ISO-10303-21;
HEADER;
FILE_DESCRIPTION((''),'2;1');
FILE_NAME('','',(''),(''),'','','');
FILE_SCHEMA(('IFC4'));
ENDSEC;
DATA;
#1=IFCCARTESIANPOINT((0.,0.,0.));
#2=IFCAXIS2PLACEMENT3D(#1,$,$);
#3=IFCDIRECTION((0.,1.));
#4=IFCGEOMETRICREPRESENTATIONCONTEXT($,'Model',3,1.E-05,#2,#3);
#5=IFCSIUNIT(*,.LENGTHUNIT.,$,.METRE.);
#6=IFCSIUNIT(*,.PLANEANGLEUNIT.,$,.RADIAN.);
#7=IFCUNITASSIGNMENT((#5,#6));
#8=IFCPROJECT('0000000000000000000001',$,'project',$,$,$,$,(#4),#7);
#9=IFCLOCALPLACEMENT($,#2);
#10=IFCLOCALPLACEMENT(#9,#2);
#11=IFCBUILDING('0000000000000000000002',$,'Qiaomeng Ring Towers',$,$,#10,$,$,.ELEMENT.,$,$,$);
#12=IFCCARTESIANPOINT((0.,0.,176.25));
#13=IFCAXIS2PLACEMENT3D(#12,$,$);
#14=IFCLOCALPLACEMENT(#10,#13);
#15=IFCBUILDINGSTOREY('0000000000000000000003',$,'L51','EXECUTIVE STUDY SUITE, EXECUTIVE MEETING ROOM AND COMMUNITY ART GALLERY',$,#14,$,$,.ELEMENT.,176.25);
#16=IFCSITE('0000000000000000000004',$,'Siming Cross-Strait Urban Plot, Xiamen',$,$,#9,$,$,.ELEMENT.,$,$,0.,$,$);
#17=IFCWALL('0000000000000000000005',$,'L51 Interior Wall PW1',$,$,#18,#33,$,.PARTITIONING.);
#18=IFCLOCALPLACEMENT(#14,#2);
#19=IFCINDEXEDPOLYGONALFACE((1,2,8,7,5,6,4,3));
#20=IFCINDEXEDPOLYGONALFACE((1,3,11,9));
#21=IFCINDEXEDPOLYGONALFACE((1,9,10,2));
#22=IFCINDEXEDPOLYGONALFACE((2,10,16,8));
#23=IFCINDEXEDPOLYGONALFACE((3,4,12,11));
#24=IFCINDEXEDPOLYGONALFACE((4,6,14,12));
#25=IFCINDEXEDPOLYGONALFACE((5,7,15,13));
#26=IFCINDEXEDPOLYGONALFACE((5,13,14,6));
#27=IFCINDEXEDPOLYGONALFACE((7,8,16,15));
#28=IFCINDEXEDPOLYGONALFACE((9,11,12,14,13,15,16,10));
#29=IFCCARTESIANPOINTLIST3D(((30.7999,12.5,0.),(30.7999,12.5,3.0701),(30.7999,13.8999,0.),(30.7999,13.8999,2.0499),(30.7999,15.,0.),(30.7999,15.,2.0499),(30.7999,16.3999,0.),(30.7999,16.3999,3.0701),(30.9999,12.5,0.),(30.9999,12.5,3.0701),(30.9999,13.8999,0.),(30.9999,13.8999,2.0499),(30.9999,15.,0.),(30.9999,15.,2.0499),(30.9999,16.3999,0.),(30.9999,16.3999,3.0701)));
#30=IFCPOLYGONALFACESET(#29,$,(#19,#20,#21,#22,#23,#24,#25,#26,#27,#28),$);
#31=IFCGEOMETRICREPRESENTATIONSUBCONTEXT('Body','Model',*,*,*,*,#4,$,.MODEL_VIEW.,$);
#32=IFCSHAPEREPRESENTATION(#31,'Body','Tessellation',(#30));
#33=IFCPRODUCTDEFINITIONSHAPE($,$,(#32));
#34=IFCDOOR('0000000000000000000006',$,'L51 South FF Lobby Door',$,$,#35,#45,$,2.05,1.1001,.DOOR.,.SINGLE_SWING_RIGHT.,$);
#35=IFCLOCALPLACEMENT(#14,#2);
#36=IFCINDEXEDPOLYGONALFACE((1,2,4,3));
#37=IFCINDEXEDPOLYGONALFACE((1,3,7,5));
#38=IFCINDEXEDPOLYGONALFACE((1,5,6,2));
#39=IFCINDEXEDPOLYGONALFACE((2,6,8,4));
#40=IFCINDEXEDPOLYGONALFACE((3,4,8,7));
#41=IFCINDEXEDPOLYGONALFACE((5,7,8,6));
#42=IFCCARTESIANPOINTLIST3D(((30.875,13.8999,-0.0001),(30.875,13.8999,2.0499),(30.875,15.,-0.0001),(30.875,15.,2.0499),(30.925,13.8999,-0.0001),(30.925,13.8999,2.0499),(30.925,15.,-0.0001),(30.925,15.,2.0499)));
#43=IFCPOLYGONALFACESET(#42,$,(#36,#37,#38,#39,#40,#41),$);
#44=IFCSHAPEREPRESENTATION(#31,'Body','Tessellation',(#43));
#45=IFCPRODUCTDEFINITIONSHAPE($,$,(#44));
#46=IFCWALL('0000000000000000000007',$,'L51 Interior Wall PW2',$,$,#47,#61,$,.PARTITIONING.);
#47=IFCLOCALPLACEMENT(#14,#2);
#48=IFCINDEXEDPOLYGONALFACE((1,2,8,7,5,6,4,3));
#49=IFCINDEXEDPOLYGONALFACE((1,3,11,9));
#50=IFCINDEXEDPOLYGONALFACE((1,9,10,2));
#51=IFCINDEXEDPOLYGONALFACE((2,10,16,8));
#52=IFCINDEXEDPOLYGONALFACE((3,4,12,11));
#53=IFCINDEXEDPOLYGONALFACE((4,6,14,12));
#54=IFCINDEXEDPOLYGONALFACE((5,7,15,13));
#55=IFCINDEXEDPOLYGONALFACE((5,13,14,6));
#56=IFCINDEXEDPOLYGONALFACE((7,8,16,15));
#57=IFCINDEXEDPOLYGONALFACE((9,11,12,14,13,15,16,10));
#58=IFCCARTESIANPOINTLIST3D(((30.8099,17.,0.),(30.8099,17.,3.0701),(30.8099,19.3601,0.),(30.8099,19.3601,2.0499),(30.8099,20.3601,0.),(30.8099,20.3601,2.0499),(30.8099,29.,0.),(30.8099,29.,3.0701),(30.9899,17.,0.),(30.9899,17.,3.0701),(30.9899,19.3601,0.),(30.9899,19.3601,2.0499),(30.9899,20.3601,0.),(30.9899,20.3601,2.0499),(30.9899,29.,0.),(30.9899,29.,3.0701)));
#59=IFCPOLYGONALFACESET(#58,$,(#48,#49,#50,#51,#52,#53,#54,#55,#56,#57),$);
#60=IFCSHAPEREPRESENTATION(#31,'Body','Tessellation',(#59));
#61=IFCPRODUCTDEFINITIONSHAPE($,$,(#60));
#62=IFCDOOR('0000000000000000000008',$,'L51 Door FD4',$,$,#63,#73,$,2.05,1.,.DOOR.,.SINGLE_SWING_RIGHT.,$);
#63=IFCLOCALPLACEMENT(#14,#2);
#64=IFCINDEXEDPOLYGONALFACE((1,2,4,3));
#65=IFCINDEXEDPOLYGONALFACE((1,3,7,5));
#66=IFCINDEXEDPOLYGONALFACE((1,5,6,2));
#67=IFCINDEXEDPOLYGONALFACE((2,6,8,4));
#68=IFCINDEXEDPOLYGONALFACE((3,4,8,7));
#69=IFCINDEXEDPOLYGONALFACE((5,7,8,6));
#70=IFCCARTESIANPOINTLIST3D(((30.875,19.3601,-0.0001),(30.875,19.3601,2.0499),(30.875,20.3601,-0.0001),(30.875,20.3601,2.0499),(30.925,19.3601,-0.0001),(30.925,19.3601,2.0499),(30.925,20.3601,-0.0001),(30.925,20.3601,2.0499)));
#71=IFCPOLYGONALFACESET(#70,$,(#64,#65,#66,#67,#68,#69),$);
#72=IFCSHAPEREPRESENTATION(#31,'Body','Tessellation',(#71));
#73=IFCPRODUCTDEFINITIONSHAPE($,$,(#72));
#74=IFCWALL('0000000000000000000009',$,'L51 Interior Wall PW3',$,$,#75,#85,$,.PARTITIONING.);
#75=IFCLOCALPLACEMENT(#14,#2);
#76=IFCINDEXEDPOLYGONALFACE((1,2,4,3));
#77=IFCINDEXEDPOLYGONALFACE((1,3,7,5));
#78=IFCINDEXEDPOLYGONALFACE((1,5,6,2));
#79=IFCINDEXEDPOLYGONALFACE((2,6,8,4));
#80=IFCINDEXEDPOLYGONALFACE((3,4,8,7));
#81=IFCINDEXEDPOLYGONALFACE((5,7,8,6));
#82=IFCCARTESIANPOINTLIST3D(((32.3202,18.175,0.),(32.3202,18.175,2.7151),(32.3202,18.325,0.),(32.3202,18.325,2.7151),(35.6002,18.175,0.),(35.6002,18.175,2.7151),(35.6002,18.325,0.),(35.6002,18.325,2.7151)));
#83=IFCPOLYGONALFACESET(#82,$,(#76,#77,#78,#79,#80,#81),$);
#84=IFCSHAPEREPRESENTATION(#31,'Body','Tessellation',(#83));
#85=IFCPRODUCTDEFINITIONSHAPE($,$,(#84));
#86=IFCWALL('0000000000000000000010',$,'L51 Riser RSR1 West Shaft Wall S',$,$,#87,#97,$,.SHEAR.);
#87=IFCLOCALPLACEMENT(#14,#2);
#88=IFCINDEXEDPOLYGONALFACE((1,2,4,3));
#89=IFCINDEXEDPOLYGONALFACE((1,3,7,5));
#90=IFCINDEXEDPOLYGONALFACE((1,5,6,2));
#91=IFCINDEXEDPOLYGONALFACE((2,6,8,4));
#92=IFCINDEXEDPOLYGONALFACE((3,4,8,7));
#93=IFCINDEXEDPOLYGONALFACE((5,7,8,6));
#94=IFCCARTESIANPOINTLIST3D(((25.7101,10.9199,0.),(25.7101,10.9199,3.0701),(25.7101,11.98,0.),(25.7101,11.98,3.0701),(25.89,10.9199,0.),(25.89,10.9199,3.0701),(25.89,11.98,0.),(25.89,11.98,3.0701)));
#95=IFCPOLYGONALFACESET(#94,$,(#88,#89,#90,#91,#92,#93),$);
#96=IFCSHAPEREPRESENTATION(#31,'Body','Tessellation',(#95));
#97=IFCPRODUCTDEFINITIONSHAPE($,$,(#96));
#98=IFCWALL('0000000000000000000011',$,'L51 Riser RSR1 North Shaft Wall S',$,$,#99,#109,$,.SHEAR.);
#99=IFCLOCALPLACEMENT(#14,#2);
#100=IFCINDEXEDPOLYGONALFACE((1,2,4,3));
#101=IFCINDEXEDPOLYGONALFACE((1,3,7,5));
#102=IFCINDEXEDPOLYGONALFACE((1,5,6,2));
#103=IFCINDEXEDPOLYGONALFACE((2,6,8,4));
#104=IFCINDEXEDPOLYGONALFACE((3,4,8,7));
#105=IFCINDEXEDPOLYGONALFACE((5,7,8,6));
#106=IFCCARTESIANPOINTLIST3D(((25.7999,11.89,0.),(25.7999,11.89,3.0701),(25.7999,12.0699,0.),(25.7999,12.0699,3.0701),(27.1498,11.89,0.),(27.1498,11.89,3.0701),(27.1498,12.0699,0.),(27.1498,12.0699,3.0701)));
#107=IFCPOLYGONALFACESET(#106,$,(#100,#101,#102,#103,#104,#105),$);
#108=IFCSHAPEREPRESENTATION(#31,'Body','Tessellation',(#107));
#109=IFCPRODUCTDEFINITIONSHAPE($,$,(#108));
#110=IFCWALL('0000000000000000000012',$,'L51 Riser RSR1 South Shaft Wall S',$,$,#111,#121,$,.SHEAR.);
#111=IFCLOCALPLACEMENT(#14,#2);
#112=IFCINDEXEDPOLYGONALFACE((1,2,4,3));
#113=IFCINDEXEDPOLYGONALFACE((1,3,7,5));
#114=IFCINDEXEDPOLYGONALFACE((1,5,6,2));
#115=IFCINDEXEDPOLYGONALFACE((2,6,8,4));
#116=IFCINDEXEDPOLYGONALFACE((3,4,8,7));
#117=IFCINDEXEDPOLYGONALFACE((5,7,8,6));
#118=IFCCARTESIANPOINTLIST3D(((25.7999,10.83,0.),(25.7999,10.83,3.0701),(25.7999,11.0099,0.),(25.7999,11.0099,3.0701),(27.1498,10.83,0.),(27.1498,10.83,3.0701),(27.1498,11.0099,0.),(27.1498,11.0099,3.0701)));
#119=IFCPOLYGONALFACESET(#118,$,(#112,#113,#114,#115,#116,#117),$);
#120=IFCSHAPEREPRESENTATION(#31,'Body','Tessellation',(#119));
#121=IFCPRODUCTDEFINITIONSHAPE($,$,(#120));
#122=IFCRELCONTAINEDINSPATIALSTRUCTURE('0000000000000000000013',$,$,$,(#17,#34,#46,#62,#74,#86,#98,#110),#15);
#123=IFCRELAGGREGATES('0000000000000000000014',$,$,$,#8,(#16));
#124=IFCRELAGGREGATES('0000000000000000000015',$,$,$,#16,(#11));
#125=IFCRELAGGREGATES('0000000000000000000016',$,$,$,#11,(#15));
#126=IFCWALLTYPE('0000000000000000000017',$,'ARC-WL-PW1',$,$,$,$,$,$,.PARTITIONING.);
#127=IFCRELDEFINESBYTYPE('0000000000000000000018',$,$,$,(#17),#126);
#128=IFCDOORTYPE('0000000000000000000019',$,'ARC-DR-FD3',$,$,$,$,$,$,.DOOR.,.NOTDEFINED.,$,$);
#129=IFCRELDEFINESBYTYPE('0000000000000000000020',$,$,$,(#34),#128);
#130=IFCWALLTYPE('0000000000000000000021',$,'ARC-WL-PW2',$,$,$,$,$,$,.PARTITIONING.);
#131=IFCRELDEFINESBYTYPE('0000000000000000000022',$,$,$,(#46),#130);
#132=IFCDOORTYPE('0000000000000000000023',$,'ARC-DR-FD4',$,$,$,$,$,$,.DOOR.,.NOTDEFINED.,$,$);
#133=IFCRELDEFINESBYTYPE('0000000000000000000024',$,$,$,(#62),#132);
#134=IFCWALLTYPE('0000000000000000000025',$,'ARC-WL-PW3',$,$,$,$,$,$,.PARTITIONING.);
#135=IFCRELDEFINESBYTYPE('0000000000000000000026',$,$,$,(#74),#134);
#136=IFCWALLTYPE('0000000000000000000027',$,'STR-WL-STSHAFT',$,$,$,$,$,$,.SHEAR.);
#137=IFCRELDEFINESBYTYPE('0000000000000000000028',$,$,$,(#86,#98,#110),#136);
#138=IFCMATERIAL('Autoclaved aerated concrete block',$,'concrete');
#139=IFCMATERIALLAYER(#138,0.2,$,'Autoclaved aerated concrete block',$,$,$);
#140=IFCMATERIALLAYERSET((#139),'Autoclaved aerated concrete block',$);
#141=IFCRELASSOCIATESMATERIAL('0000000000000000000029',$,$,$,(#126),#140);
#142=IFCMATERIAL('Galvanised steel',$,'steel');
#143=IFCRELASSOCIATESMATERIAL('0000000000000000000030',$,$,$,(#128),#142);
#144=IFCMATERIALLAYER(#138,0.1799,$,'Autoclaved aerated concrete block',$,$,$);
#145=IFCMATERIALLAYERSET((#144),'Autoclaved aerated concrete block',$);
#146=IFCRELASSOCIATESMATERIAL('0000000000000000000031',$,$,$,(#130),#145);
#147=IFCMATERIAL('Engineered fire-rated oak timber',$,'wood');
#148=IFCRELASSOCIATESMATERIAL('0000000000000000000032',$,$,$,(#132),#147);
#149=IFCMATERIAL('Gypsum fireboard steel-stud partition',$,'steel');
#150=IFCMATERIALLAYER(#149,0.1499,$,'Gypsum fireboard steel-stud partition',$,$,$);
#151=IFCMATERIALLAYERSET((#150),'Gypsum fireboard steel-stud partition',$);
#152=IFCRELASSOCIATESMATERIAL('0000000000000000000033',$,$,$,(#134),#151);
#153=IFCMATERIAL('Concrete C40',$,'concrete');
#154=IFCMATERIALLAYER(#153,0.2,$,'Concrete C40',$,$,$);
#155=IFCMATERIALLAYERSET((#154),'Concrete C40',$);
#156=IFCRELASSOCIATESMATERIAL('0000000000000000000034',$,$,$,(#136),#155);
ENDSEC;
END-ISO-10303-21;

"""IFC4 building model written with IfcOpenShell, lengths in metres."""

from ifc_helpers import new_model, si_unit, direction, frame, frame_2d, origin, place, context, subcontext, project, spatial, rectangle, extrude, source, transform, mapped, material, layer, layer_set, type_object, element, fill, save


model = new_model("IFC4")

# Units and contexts
model_context = context("Model", 3, precision=1e-05, world=origin(), true_north=direction((0.0, 1.0)))
body_context = subcontext(model_context, "Body", "Model", "MODEL_VIEW")
ifc_project = project(units=[si_unit("LENGTHUNIT", "METRE"), si_unit("PLANEANGLEUNIT", "RADIAN")], contexts=[model_context])

# Site, building, storey
site_placement = place(None, origin())
site = spatial("IfcSite", under=ifc_project, at=site_placement, Name="Siming Cross-Strait Urban Plot, Xiamen", CompositionType="ELEMENT", RefElevation=0.0)
building_placement = place(site_placement, origin())
building = spatial("IfcBuilding", under=site, at=building_placement, Name="Qiaomeng Ring Towers", CompositionType="ELEMENT")
storey_placement = place(building_placement, frame((0.0, 0.0, 176.25)))
storey = spatial("IfcBuildingStorey", under=building, at=storey_placement, Name="L51", Description="EXECUTIVE STUDY SUITE, EXECUTIVE MEETING ROOM AND COMMUNITY ART GALLERY", CompositionType="ELEMENT", Elevation=176.25)

# Shared definitions
ifc_material_1 = material(Name="Autoclaved aerated concrete block", Category="concrete")
ifc_layer_1 = layer(ifc_material_1, 0.2, Name="Autoclaved aerated concrete block")
ifc_layer_set_1 = layer_set([ifc_layer_1], Name="Autoclaved aerated concrete block")
wall_type_1 = type_object("IfcWallType", Name="ARC-WL-PW1", PredefinedType="PARTITIONING", material=ifc_layer_set_1)

# Walls, openings, doors
wall_1_placement = place(storey_placement, frame((30.8999, 12.5, 0.0), z_axis=(0.0, 0.0, 1.0), x_axis=(0.0, 1.0, 0.0)))
wall_1 = element("IfcWall", 1, at=wall_1_placement, inside=storey, type_object=wall_type_1, Name="L51 Interior Wall PW1", PredefinedType="PARTITIONING", context=body_context, shape_type="SweptSolid", body=[
    extrude(rectangle(XDim=3.8999, YDim=0.2, at=frame_2d((1.95, 0.0))), origin(), (0.0, 0.0, 1.0), 3.0701),
])
opening_1_placement = place(wall_1_placement, frame((1.3999, 0.0, 0.0)))
opening_1 = element("IfcOpeningElement", 2, at=opening_1_placement, cuts=wall_1, PredefinedType="OPENING", context=body_context, shape_type="SweptSolid", body=[
    extrude(rectangle(XDim=1.1001, YDim=2.05, at=frame_2d((0.55, 1.0249))), frame((0.0, 0.1099, 0.0), z_axis=(0.0, -1.0, 0.0), x_axis=(1.0, 0.0, 0.0)), (0.0, 0.0, 1.0), 0.22),
])
ifc_material_2 = material(Name="Galvanised steel", Category="steel")
door_type_1 = type_object("IfcDoorType", Name="ARC-DR-FD3", OperationType="NOTDEFINED", PredefinedType="DOOR", material=ifc_material_2)
shared_shape_1 = source(origin(), body_context, "Body", "SweptSolid", [
    extrude(rectangle(XDim=1.1001, YDim=2.05, at=frame_2d((0.55, 1.0249))), frame((0.0, 0.0249, 0.0), z_axis=(0.0, -1.0, 0.0), x_axis=(1.0, 0.0, 0.0)), (0.0, 0.0, 1.0), 0.05),
])
door_1_placement = place(opening_1_placement, origin())
door_1 = element("IfcDoor", 3, at=door_1_placement, inside=storey, type_object=door_type_1, Name="L51 South FF Lobby Door", OperationType="SINGLE_SWING_RIGHT", OverallHeight=2.05, OverallWidth=1.1001, PredefinedType="DOOR", context=body_context, shape_type="MappedRepresentation", body=[
    mapped(shared_shape_1, transform((0.0, 0.0, 0.0), x_axis=(1.0, 0.0, 0.0), y_axis=(0.0, 1.0, 0.0), z_axis=(0.0, 0.0, 1.0), scale=1.0)),
])
fill(opening_1, door_1)
ifc_layer_2 = layer(ifc_material_1, 0.1799, Name="Autoclaved aerated concrete block")
ifc_layer_set_2 = layer_set([ifc_layer_2], Name="Autoclaved aerated concrete block")
wall_type_2 = type_object("IfcWallType", Name="ARC-WL-PW2", PredefinedType="PARTITIONING", material=ifc_layer_set_2)
wall_2_placement = place(storey_placement, frame((30.8999, 17.0, 0.0), z_axis=(0.0, 0.0, 1.0), x_axis=(0.0, 1.0, 0.0)))
wall_2 = element("IfcWall", 4, at=wall_2_placement, inside=storey, type_object=wall_type_2, Name="L51 Interior Wall PW2", PredefinedType="PARTITIONING", context=body_context, shape_type="SweptSolid", body=[
    extrude(rectangle(XDim=12.0, YDim=0.1799, at=frame_2d((6.0, 0.0))), origin(), (0.0, 0.0, 1.0), 3.0701),
])
opening_2_placement = place(wall_2_placement, frame((2.3601, 0.0, 0.0)))
opening_2 = element("IfcOpeningElement", 5, at=opening_2_placement, cuts=wall_2, PredefinedType="OPENING", context=body_context, shape_type="SweptSolid", body=[
    extrude(rectangle(XDim=1.0, YDim=2.05, at=frame_2d((0.5, 1.0249))), frame((0.0, 0.0999, 0.0), z_axis=(0.0, -1.0, 0.0), x_axis=(1.0, 0.0, 0.0)), (0.0, 0.0, 1.0), 0.2),
])
ifc_material_3 = material(Name="Engineered fire-rated oak timber", Category="wood")
door_type_2 = type_object("IfcDoorType", Name="ARC-DR-FD4", OperationType="NOTDEFINED", PredefinedType="DOOR", material=ifc_material_3)
shared_shape_2 = source(origin(), body_context, "Body", "SweptSolid", [
    extrude(rectangle(XDim=1.0, YDim=2.05, at=frame_2d((0.5, 1.0249))), frame((0.0, 0.0249, 0.0), z_axis=(0.0, -1.0, 0.0), x_axis=(1.0, 0.0, 0.0)), (0.0, 0.0, 1.0), 0.05),
])
door_2_placement = place(opening_2_placement, origin())
door_2 = element("IfcDoor", 6, at=door_2_placement, inside=storey, type_object=door_type_2, Name="L51 Door FD4", OperationType="SINGLE_SWING_RIGHT", OverallHeight=2.05, OverallWidth=1.0, PredefinedType="DOOR", context=body_context, shape_type="MappedRepresentation", body=[
    mapped(shared_shape_2, transform((0.0, 0.0, 0.0), x_axis=(1.0, 0.0, 0.0), y_axis=(0.0, 1.0, 0.0), z_axis=(0.0, 0.0, 1.0), scale=1.0)),
])
fill(opening_2, door_2)

# Walls
ifc_material_4 = material(Name="Gypsum fireboard steel-stud partition", Category="steel")
ifc_layer_3 = layer(ifc_material_4, 0.1499, Name="Gypsum fireboard steel-stud partition")
ifc_layer_set_3 = layer_set([ifc_layer_3], Name="Gypsum fireboard steel-stud partition")
wall_type_3 = type_object("IfcWallType", Name="ARC-WL-PW3", PredefinedType="PARTITIONING", material=ifc_layer_set_3)
wall_3_placement = place(storey_placement, frame((32.3201, 18.25, 0.0), z_axis=(0.0, 0.0, 1.0), x_axis=(1.0, 0.0, 0.0)))
element("IfcWall", 7, at=wall_3_placement, inside=storey, type_object=wall_type_3, Name="L51 Interior Wall PW3", PredefinedType="PARTITIONING", context=body_context, shape_type="SweptSolid", body=[
    extrude(rectangle(XDim=3.28, YDim=0.1499, at=frame_2d((1.6401, 0.0))), origin(), (0.0, 0.0, 1.0), 2.7151),
])
ifc_material_5 = material(Name="Concrete C40", Category="concrete")
ifc_layer_4 = layer(ifc_material_5, 0.2, Name="Concrete C40")
ifc_layer_set_4 = layer_set([ifc_layer_4], Name="Concrete C40")
wall_type_4 = type_object("IfcWallType", Name="STR-WL-STSHAFT", PredefinedType="SHEAR", material=ifc_layer_set_4)
wall_4_placement = place(storey_placement, frame((25.8, 10.9199, 0.0), z_axis=(0.0, 0.0, 1.0), x_axis=(0.0, 1.0, 0.0)))
element("IfcWall", 8, at=wall_4_placement, inside=storey, type_object=wall_type_4, Name="L51 Riser RSR1 West Shaft Wall S", PredefinedType="SHEAR", context=body_context, shape_type="SweptSolid", body=[
    extrude(rectangle(XDim=1.0601, YDim=0.1799, at=frame_2d((0.53, 0.0))), origin(), (0.0, 0.0, 1.0), 3.0701),
])
for number, where, z_axis, x_axis, name in (
    (9, (25.8, 11.98, 0.0), (0.0, 0.0, 1.0), (1.0, 0.0, 0.0), "L51 Riser RSR1 North Shaft Wall S"),
    (10, (25.8, 10.9199, 0.0), (0.0, 0.0, 1.0), (1.0, 0.0, 0.0), "L51 Riser RSR1 South Shaft Wall S"),
):
    element("IfcWall", number, at=place(storey_placement, frame(where, z_axis=z_axis, x_axis=x_axis)), inside=storey, type_object=wall_type_4, Name=name, PredefinedType="SHEAR", context=body_context, shape_type="SweptSolid", body=[
        extrude(rectangle(XDim=1.3499, YDim=0.1799, at=frame_2d((0.6748, 0.0))), origin(), (0.0, 0.0, 1.0), 3.0701),
    ])

save(model, "model.ifc")
